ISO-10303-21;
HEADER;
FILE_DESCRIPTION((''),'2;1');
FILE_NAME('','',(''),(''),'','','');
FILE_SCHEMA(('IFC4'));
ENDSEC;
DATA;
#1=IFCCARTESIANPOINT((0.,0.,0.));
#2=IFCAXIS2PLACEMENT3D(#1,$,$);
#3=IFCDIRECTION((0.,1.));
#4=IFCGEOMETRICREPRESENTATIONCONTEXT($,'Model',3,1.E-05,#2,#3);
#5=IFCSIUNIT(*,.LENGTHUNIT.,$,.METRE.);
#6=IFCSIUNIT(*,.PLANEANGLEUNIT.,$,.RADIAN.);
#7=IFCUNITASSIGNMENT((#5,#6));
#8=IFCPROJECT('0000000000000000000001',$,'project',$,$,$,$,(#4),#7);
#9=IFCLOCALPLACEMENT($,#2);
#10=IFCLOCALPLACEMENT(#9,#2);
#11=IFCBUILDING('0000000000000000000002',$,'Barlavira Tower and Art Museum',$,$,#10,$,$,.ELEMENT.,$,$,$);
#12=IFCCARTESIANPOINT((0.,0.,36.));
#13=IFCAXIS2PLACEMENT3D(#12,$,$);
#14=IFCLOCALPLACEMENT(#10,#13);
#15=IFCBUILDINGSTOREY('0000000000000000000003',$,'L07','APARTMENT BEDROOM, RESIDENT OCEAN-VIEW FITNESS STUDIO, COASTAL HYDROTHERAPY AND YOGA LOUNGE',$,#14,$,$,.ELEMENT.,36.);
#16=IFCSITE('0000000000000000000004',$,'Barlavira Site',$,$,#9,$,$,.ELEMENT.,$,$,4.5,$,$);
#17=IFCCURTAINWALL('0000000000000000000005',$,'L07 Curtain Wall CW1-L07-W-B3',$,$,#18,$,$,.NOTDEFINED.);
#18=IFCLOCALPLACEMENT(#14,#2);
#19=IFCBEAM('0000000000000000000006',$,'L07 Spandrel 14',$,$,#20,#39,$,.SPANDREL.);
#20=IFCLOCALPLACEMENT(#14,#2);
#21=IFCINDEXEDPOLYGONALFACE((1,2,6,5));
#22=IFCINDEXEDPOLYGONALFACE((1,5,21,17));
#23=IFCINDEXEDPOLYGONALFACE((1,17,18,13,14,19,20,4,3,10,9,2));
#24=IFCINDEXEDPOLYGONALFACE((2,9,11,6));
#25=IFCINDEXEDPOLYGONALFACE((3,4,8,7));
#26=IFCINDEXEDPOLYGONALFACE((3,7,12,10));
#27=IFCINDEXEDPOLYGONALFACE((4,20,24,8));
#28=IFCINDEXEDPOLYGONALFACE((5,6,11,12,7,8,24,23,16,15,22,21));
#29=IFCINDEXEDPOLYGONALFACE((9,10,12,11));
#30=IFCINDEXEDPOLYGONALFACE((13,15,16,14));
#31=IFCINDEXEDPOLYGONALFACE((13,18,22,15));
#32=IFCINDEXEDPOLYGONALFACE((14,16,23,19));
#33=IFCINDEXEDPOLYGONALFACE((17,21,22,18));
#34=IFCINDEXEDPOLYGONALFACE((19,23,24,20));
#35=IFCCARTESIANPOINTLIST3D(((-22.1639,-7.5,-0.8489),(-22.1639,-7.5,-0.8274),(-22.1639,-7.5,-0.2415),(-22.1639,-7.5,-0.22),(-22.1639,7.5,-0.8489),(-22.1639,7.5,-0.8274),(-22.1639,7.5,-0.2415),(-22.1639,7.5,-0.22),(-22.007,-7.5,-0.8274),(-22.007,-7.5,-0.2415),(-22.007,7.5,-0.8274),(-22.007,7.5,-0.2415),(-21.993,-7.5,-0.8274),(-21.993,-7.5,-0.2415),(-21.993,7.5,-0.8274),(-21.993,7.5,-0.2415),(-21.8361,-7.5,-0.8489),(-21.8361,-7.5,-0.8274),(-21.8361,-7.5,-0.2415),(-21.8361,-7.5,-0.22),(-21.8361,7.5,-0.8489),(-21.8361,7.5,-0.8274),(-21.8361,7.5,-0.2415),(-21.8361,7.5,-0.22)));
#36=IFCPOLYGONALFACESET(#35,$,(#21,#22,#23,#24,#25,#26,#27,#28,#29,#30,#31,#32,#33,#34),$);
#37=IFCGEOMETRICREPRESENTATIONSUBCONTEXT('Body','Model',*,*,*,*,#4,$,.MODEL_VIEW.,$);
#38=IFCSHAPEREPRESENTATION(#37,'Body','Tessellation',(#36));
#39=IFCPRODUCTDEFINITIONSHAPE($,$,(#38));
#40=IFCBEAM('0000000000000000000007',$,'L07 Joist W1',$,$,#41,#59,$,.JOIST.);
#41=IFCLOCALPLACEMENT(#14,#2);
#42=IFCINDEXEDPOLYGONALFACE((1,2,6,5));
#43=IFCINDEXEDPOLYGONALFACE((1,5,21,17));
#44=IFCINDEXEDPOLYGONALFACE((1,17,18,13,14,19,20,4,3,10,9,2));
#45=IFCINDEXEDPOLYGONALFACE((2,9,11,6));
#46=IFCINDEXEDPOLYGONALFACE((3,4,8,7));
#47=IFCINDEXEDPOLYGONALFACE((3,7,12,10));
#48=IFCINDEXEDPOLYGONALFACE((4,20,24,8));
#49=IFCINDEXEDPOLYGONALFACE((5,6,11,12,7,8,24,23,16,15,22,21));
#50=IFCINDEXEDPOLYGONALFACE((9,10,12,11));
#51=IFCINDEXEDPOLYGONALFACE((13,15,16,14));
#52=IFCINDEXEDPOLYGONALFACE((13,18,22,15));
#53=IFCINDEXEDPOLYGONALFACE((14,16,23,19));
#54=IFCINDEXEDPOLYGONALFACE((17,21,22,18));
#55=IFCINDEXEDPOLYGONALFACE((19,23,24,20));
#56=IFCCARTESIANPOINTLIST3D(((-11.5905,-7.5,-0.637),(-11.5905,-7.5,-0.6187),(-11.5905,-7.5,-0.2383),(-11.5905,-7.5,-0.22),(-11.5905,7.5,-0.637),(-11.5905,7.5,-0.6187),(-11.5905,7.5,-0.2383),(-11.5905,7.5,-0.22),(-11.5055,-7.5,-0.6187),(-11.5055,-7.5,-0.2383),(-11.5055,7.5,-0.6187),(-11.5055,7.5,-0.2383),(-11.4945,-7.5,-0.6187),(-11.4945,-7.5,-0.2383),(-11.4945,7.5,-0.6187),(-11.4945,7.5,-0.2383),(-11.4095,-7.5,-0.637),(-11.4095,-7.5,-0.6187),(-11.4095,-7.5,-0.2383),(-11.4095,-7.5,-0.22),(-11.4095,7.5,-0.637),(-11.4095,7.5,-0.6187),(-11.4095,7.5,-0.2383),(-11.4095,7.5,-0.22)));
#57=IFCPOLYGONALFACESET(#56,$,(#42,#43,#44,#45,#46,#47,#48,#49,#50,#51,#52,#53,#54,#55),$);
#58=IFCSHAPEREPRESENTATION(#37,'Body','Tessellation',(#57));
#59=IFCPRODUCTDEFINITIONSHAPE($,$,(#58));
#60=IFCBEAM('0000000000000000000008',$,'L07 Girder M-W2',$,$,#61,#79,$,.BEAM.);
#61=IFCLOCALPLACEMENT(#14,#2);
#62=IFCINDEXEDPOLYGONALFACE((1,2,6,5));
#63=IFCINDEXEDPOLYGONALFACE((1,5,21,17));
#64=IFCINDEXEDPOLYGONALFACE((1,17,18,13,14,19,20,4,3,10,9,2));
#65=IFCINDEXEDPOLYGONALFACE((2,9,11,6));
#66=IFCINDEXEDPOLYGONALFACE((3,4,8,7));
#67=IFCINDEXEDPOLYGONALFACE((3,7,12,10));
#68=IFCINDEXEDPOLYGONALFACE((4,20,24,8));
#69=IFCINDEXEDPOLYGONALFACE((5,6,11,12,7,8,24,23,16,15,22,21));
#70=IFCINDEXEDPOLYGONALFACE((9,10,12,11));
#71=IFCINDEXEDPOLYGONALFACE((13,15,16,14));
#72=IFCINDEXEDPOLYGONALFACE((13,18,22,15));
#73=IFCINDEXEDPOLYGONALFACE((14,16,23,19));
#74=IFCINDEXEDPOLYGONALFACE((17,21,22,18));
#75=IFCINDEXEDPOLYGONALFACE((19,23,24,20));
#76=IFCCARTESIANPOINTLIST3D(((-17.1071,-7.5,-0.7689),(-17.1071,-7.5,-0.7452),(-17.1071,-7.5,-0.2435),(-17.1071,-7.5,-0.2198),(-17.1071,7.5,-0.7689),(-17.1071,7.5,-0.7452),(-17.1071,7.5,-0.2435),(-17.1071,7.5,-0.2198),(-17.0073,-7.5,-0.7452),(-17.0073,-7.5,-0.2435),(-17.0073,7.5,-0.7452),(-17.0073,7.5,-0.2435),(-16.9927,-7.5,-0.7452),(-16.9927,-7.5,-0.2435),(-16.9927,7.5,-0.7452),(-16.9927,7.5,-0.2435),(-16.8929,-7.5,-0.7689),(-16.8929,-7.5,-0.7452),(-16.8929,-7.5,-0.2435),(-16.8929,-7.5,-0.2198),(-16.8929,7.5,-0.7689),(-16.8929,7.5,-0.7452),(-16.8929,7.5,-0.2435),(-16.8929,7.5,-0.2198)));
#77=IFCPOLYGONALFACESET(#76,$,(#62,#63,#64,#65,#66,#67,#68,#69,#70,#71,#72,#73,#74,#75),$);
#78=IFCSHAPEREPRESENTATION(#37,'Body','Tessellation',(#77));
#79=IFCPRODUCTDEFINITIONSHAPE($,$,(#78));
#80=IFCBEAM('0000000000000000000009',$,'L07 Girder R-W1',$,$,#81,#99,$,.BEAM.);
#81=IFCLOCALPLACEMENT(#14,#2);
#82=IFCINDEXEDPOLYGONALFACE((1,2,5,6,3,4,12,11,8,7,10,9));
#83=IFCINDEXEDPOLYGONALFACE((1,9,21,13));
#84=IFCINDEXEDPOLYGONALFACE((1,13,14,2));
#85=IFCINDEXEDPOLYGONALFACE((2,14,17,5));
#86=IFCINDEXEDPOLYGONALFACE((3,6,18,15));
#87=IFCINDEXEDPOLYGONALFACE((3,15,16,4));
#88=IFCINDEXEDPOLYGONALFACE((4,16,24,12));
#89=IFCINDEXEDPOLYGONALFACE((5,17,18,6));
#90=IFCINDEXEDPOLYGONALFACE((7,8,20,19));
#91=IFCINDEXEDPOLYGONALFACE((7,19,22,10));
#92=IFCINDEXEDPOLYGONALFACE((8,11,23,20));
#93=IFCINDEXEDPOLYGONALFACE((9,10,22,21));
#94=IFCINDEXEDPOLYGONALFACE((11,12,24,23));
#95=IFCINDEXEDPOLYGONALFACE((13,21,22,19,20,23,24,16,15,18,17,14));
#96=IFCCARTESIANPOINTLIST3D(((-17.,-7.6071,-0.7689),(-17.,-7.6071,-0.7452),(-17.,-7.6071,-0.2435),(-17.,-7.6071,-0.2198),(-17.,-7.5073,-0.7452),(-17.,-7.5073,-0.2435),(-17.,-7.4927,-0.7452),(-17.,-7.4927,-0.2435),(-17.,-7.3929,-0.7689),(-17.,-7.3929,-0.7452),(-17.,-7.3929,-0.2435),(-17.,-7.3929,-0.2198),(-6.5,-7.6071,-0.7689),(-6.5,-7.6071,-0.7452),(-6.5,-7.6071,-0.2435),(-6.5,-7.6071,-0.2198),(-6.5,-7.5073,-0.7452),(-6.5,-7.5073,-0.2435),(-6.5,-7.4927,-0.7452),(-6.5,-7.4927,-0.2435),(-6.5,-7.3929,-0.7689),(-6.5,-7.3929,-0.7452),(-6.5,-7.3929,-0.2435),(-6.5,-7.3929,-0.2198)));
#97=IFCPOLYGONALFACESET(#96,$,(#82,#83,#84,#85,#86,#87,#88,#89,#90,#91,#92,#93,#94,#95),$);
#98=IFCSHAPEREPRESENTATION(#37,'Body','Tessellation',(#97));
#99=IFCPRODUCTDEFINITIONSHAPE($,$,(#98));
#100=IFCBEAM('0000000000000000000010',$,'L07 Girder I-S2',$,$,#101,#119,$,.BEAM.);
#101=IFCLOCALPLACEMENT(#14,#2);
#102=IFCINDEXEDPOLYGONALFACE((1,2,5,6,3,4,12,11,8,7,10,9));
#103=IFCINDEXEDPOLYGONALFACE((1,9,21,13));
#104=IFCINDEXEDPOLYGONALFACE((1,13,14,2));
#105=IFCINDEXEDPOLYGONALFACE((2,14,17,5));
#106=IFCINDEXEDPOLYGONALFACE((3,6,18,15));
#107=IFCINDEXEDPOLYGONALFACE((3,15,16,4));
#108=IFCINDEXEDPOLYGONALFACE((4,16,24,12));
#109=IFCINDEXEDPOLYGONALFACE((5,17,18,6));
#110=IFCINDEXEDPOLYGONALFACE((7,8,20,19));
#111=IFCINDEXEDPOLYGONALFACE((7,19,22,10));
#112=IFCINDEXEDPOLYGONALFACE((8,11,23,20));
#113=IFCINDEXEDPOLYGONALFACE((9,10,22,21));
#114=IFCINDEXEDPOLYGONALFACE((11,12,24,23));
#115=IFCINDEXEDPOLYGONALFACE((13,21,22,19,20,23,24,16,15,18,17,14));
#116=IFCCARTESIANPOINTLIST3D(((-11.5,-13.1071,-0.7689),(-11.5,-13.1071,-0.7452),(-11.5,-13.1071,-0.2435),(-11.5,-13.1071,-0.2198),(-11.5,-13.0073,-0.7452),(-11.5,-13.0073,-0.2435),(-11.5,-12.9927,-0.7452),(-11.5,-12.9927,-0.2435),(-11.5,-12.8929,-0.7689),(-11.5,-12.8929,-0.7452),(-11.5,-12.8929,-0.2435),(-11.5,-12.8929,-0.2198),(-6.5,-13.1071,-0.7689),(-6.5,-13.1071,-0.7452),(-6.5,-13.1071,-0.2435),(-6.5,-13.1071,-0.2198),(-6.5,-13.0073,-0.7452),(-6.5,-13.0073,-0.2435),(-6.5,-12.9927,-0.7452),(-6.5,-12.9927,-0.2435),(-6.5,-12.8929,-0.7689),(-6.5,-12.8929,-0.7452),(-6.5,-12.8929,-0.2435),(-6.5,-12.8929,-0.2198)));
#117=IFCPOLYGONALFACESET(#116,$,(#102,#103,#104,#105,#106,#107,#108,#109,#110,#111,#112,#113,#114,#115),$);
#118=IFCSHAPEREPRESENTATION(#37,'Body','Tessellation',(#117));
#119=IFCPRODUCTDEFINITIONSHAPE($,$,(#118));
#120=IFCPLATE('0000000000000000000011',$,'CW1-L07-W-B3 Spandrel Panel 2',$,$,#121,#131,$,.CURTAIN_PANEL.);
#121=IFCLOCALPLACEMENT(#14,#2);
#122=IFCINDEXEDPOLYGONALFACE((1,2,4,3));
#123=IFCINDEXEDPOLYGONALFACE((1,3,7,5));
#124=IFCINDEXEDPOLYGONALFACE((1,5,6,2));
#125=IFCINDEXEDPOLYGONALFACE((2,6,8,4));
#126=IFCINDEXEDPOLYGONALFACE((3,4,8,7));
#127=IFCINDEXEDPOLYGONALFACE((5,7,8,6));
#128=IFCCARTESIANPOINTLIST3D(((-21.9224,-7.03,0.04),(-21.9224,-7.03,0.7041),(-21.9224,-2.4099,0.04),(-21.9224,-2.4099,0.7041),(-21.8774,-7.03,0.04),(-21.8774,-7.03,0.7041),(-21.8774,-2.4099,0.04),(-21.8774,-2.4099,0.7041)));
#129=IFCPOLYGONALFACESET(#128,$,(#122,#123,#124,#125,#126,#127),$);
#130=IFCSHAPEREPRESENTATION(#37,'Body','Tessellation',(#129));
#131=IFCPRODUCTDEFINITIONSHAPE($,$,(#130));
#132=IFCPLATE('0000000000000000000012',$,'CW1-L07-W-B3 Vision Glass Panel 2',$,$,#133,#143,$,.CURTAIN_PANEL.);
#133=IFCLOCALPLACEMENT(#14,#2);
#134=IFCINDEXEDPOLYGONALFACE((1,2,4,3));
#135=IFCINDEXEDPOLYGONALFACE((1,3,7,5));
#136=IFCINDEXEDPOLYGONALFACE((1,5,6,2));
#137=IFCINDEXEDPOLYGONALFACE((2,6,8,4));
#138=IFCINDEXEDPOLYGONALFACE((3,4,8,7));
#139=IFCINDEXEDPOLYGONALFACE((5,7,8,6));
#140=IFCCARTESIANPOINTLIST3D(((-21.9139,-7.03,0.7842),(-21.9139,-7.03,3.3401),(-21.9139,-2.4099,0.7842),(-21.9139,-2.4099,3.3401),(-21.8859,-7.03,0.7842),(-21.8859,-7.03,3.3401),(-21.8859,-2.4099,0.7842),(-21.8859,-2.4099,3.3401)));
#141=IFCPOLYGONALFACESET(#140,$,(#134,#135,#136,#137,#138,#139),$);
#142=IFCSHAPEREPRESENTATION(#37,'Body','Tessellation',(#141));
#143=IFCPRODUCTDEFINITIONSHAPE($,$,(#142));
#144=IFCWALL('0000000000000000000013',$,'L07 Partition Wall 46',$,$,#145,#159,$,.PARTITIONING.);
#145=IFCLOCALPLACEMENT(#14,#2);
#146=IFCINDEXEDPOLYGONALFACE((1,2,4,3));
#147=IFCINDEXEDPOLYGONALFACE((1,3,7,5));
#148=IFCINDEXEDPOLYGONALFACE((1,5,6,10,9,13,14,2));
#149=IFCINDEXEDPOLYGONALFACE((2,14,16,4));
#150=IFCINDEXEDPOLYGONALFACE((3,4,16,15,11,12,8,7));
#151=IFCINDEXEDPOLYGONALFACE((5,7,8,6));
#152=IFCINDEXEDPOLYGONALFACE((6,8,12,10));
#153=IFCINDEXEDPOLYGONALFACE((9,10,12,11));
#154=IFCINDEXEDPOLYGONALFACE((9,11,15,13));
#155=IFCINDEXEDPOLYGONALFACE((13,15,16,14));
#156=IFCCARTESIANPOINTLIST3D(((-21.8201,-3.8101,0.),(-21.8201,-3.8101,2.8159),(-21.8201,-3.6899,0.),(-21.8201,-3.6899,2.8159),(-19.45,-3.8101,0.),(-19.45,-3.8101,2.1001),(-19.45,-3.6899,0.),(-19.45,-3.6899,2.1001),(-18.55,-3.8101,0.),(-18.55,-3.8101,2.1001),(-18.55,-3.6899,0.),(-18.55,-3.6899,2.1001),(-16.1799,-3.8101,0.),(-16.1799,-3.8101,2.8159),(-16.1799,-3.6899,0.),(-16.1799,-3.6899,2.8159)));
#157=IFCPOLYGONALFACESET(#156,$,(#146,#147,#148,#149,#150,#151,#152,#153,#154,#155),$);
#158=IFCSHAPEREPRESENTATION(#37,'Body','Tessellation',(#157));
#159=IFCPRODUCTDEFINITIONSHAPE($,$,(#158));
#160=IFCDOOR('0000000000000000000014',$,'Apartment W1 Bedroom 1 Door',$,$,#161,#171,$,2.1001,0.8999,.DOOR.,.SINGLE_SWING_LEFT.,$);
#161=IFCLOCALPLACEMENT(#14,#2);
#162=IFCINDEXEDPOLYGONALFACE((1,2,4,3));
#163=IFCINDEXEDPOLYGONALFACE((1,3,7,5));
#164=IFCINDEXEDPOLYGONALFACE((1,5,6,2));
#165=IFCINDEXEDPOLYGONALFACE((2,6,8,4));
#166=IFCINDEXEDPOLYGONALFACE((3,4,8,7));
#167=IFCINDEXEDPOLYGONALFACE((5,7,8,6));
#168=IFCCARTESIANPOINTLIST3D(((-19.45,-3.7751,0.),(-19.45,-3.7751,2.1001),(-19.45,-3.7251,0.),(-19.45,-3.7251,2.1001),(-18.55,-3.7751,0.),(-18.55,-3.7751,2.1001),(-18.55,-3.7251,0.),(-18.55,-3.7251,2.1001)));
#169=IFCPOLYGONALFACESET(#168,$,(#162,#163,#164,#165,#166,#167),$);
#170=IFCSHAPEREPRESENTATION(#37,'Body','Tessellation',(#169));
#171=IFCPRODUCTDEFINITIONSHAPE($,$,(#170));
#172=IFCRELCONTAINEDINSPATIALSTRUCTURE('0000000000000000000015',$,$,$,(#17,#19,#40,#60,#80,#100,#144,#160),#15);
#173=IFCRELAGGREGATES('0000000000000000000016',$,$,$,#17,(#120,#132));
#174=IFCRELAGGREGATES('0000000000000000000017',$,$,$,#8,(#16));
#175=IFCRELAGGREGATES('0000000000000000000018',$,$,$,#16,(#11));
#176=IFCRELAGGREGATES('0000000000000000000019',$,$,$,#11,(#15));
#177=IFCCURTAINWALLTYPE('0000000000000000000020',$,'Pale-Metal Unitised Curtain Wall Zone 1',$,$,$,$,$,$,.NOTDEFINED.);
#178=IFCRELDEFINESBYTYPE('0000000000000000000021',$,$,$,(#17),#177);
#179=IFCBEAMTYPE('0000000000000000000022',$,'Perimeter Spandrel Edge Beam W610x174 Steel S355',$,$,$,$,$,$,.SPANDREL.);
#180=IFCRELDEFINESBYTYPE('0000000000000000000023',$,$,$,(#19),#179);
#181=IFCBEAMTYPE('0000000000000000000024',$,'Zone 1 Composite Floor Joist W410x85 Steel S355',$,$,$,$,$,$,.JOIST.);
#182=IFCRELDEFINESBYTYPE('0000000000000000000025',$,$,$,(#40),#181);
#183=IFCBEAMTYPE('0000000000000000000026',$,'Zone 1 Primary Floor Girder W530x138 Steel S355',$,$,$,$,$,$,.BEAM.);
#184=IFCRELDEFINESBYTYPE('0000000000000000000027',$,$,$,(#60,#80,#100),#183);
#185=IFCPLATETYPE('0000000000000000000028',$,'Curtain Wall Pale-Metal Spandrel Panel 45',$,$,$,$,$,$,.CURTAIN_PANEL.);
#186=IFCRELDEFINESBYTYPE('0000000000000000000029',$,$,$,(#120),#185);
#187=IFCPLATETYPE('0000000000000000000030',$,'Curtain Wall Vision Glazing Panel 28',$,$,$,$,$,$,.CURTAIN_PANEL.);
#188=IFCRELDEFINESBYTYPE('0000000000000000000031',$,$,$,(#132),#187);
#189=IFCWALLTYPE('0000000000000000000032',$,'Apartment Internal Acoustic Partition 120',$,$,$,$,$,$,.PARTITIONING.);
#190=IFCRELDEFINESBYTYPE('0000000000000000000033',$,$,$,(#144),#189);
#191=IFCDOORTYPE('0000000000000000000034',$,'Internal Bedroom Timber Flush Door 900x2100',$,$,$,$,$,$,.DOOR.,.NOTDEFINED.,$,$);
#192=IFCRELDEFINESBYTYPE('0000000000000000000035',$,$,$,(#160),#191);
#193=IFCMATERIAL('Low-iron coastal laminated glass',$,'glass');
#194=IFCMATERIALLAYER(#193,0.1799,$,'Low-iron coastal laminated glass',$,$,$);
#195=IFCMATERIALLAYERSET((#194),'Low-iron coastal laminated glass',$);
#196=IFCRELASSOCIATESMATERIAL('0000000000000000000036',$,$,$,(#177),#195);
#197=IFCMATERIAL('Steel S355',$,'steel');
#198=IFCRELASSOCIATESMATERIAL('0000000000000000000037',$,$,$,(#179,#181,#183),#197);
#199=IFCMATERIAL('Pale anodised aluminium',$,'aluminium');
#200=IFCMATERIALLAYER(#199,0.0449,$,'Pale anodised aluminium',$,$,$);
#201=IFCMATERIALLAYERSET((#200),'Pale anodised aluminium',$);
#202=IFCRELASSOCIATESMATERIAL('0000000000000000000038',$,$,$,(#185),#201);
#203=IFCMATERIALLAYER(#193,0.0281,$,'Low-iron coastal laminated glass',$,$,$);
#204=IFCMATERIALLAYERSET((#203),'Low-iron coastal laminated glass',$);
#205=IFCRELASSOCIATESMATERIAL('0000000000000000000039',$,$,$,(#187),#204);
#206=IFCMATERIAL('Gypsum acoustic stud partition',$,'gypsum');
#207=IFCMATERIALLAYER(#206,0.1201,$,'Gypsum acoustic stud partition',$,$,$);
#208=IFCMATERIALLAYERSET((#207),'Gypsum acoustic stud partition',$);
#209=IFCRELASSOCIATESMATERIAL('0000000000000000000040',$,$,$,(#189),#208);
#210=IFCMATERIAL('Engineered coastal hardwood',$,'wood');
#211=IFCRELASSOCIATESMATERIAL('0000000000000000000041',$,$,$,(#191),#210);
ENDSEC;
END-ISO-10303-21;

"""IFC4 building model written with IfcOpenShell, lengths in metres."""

from ifc_helpers import new_model, si_unit, direction, frame, frame_2d, origin, origin_2d, place, context, subcontext, project, spatial, rectangle, i_section, extrude, material, layer, layer_set, material_profile, profile_set, type_object, element, fill, aggregate, save


model = new_model("IFC4")

# Units and contexts
model_context = context("Model", 3, precision=1e-05, world=origin(), true_north=direction((0.0, 1.0)))
body_context = subcontext(model_context, "Body", "Model", "MODEL_VIEW")
ifc_project = project(units=[si_unit("LENGTHUNIT", "METRE"), si_unit("PLANEANGLEUNIT", "RADIAN")], contexts=[model_context])

# Site, building, storey
site_placement = place(None, origin())
site = spatial("IfcSite", under=ifc_project, at=site_placement, Name="Barlavira Site", CompositionType="ELEMENT", RefElevation=4.5)
building_placement = place(site_placement, origin())
building = spatial("IfcBuilding", under=site, at=building_placement, Name="Barlavira Tower and Art Museum", CompositionType="ELEMENT")
storey_placement = place(building_placement, frame((0.0, 0.0, 36.0)))
storey = spatial("IfcBuildingStorey", under=building, at=storey_placement, Name="L07", Description="APARTMENT BEDROOM, RESIDENT OCEAN-VIEW FITNESS STUDIO, COASTAL HYDROTHERAPY AND YOGA LOUNGE", CompositionType="ELEMENT", Elevation=36.0)

# Curtain wall
ifc_material_1 = material(Name="Low-iron coastal laminated glass", Category="glass")
ifc_layer_1 = layer(ifc_material_1, 0.1799, Name="Low-iron coastal laminated glass")
ifc_layer_set_1 = layer_set([ifc_layer_1], Name="Low-iron coastal laminated glass")
curtain_wall_type = type_object("IfcCurtainWallType", Name="Pale-Metal Unitised Curtain Wall Zone 1", PredefinedType="NOTDEFINED", material=ifc_layer_set_1)
curtain_wall_placement = place(storey_placement, origin())
curtain_wall = element("IfcCurtainWall", 1, at=curtain_wall_placement, inside=storey, type_object=curtain_wall_type, Name="L07 Curtain Wall CW1-L07-W-B3", PredefinedType="NOTDEFINED")
ifc_material_2 = material(Name="Pale anodised aluminium", Category="aluminium")

# Shared definitions
ifc_material_3 = material(Name="Steel S355", Category="steel")

# Beams
ifc_material_profile_1 = material_profile(ifc_material_3, i_section(OverallWidth=0.3279, OverallDepth=0.6289, WebThickness=0.0139, FlangeThickness=0.0215, at=origin_2d()), Name="W610x174.0")
ifc_profile_set_1 = profile_set([ifc_material_profile_1], Name="Steel S355")
beam_type_1 = type_object("IfcBeamType", Name="Perimeter Spandrel Edge Beam W610x174 Steel S355", PredefinedType="SPANDREL", material=ifc_profile_set_1)
beam_1_placement = place(storey_placement, frame((-22.0, -7.5, -0.5344), z_axis=(0.0, 1.0, 0.0), x_axis=(-1.0, 0.0, 0.0)))
element("IfcBeam", 2, at=beam_1_placement, inside=storey, type_object=beam_type_1, Name="L07 Spandrel 14", PredefinedType="SPANDREL", context=body_context, shape_type="SweptSolid", body=[
    extrude(i_section(OverallWidth=0.3279, OverallDepth=0.6289, WebThickness=0.0139, FlangeThickness=0.0215, at=origin_2d()), origin(), (0.0, 0.0, 1.0), 15.0),
])
ifc_material_profile_2 = material_profile(ifc_material_3, i_section(OverallWidth=0.1809, OverallDepth=0.417, WebThickness=0.011, FlangeThickness=0.0183, at=origin_2d()), Name="W410x85.0")
ifc_profile_set_2 = profile_set([ifc_material_profile_2], Name="Steel S355")
beam_type_2 = type_object("IfcBeamType", Name="Zone 1 Composite Floor Joist W410x85 Steel S355", PredefinedType="JOIST", material=ifc_profile_set_2)
beam_2_placement = place(storey_placement, frame((-11.5, -7.5, -0.4285), z_axis=(0.0, 1.0, 0.0), x_axis=(-1.0, 0.0, 0.0)))
element("IfcBeam", 3, at=beam_2_placement, inside=storey, type_object=beam_type_2, Name="L07 Joist W1", PredefinedType="JOIST", context=body_context, shape_type="SweptSolid", body=[
    extrude(i_section(OverallWidth=0.1809, OverallDepth=0.417, WebThickness=0.011, FlangeThickness=0.0183, at=origin_2d()), origin(), (0.0, 0.0, 1.0), 15.0),
])
ifc_material_profile_3 = material_profile(ifc_material_3, i_section(OverallWidth=0.2141, OverallDepth=0.5491, WebThickness=0.0146, FlangeThickness=0.0237, at=origin_2d()), Name="W530x138.0")
ifc_profile_set_3 = profile_set([ifc_material_profile_3], Name="Steel S355")
beam_type_3 = type_object("IfcBeamType", Name="Zone 1 Primary Floor Girder W530x138 Steel S355", PredefinedType="BEAM", material=ifc_profile_set_3)
beam_3_placement = place(storey_placement, frame((-17.0, -7.5, -0.4944), z_axis=(0.0, 1.0, 0.0), x_axis=(-1.0, 0.0, 0.0)))
element("IfcBeam", 4, at=beam_3_placement, inside=storey, type_object=beam_type_3, Name="L07 Girder M-W2", PredefinedType="BEAM", context=body_context, shape_type="SweptSolid", body=[
    extrude(i_section(OverallWidth=0.2141, OverallDepth=0.5491, WebThickness=0.0146, FlangeThickness=0.0237, at=origin_2d()), origin(), (0.0, 0.0, 1.0), 15.0),
])
beam_4_placement = place(storey_placement, frame((-17.0, -7.5, -0.4944), z_axis=(1.0, 0.0, 0.0), x_axis=(0.0, 1.0, 0.0)))
element("IfcBeam", 5, at=beam_4_placement, inside=storey, type_object=beam_type_3, Name="L07 Girder R-W1", PredefinedType="BEAM", context=body_context, shape_type="SweptSolid", body=[
    extrude(i_section(OverallWidth=0.2141, OverallDepth=0.5491, WebThickness=0.0146, FlangeThickness=0.0237, at=origin_2d()), origin(), (0.0, 0.0, 1.0), 10.5),
])
beam_5_placement = place(storey_placement, frame((-11.5, -13.0, -0.4944), z_axis=(1.0, 0.0, 0.0), x_axis=(0.0, 1.0, 0.0)))
element("IfcBeam", 6, at=beam_5_placement, inside=storey, type_object=beam_type_3, Name="L07 Girder I-S2", PredefinedType="BEAM", context=body_context, shape_type="SweptSolid", body=[
    extrude(i_section(OverallWidth=0.2141, OverallDepth=0.5491, WebThickness=0.0146, FlangeThickness=0.0237, at=origin_2d()), origin(), (0.0, 0.0, 1.0), 5.0),
])

# Plates
ifc_layer_2 = layer(ifc_material_2, 0.0449, Name="Pale anodised aluminium")
ifc_layer_set_2 = layer_set([ifc_layer_2], Name="Pale anodised aluminium")
plate_type_1 = type_object("IfcPlateType", Name="Curtain Wall Pale-Metal Spandrel Panel 45", PredefinedType="CURTAIN_PANEL", material=ifc_layer_set_2)
plate_1_placement = place(storey_placement, frame((-21.8999, -4.72, 0.04), z_axis=(0.0, 0.0, 1.0), x_axis=(0.0, -1.0, 0.0)))
plate_1 = element("IfcPlate", 7, at=plate_1_placement, type_object=plate_type_1, Name="CW1-L07-W-B3 Spandrel Panel 2", PredefinedType="CURTAIN_PANEL", context=body_context, shape_type="SweptSolid", body=[
    extrude(rectangle(XDim=4.6201, YDim=0.0449, at=origin_2d()), origin(), (0.0, 0.0, 1.0), 0.6641),
])
ifc_layer_3 = layer(ifc_material_1, 0.0281, Name="Low-iron coastal laminated glass")
ifc_layer_set_3 = layer_set([ifc_layer_3], Name="Low-iron coastal laminated glass")
plate_type_2 = type_object("IfcPlateType", Name="Curtain Wall Vision Glazing Panel 28", PredefinedType="CURTAIN_PANEL", material=ifc_layer_set_3)
plate_2_placement = place(storey_placement, frame((-21.8999, -4.72, 0.7842), z_axis=(0.0, 0.0, 1.0), x_axis=(0.0, -1.0, 0.0)))
plate_2 = element("IfcPlate", 8, at=plate_2_placement, type_object=plate_type_2, Name="CW1-L07-W-B3 Vision Glass Panel 2", PredefinedType="CURTAIN_PANEL", context=body_context, shape_type="SweptSolid", body=[
    extrude(rectangle(XDim=4.6201, YDim=0.0281, at=origin_2d()), origin(), (0.0, 0.0, 1.0), 2.5559),
])
aggregate(curtain_wall, [plate_1, plate_2])

# Wall, opening, door
ifc_material_4 = material(Name="Gypsum acoustic stud partition", Category="gypsum")
ifc_layer_4 = layer(ifc_material_4, 0.1201, Name="Gypsum acoustic stud partition")
ifc_layer_set_4 = layer_set([ifc_layer_4], Name="Gypsum acoustic stud partition")
wall_type_1 = type_object("IfcWallType", Name="Apartment Internal Acoustic Partition 120", PredefinedType="PARTITIONING", material=ifc_layer_set_4)
wall_1_placement = place(storey_placement, frame((-21.8201, -3.75, 0.0), z_axis=(0.0, 0.0, 1.0), x_axis=(1.0, 0.0, 0.0)))
wall_1 = element("IfcWall", 9, at=wall_1_placement, inside=storey, type_object=wall_type_1, Name="L07 Partition Wall 46", PredefinedType="PARTITIONING", context=body_context, shape_type="SweptSolid", body=[
    extrude(rectangle(XDim=5.6401, YDim=0.1201, at=frame_2d((2.8201, 0.0))), origin(), (0.0, 0.0, 1.0), 2.8159),
])
opening_1_placement = place(wall_1_placement, frame((2.3701, 0.0, 0.0)))
opening_1 = element("IfcOpeningElement", 10, at=opening_1_placement, cuts=wall_1, PredefinedType="OPENING", context=body_context, shape_type="SweptSolid", body=[
    extrude(rectangle(XDim=0.8999, YDim=2.1001, at=frame_2d((0.45, 1.05))), frame((0.0, 0.0701, 0.0), z_axis=(0.0, -1.0, 0.0), x_axis=(1.0, 0.0, 0.0)), (0.0, 0.0, 1.0), 0.1401),
])
ifc_material_5 = material(Name="Engineered coastal hardwood", Category="wood")
door_type_1 = type_object("IfcDoorType", Name="Internal Bedroom Timber Flush Door 900x2100", OperationType="NOTDEFINED", PredefinedType="DOOR", material=ifc_material_5)
door_1_placement = place(opening_1_placement, origin())
door_1 = element("IfcDoor", 11, at=door_1_placement, inside=storey, type_object=door_type_1, Name="Apartment W1 Bedroom 1 Door", OperationType="SINGLE_SWING_LEFT", OverallHeight=2.1001, OverallWidth=0.8999, PredefinedType="DOOR", context=body_context, shape_type="SweptSolid", body=[
    extrude(rectangle(XDim=0.8999, YDim=2.1001, at=frame_2d((0.45, 1.05))), frame((0.0, 0.0249, 0.0), z_axis=(0.0, -1.0, 0.0), x_axis=(1.0, 0.0, 0.0)), (0.0, 0.0, 1.0), 0.05),
])
fill(opening_1, door_1)

save(model, "model.ifc")
